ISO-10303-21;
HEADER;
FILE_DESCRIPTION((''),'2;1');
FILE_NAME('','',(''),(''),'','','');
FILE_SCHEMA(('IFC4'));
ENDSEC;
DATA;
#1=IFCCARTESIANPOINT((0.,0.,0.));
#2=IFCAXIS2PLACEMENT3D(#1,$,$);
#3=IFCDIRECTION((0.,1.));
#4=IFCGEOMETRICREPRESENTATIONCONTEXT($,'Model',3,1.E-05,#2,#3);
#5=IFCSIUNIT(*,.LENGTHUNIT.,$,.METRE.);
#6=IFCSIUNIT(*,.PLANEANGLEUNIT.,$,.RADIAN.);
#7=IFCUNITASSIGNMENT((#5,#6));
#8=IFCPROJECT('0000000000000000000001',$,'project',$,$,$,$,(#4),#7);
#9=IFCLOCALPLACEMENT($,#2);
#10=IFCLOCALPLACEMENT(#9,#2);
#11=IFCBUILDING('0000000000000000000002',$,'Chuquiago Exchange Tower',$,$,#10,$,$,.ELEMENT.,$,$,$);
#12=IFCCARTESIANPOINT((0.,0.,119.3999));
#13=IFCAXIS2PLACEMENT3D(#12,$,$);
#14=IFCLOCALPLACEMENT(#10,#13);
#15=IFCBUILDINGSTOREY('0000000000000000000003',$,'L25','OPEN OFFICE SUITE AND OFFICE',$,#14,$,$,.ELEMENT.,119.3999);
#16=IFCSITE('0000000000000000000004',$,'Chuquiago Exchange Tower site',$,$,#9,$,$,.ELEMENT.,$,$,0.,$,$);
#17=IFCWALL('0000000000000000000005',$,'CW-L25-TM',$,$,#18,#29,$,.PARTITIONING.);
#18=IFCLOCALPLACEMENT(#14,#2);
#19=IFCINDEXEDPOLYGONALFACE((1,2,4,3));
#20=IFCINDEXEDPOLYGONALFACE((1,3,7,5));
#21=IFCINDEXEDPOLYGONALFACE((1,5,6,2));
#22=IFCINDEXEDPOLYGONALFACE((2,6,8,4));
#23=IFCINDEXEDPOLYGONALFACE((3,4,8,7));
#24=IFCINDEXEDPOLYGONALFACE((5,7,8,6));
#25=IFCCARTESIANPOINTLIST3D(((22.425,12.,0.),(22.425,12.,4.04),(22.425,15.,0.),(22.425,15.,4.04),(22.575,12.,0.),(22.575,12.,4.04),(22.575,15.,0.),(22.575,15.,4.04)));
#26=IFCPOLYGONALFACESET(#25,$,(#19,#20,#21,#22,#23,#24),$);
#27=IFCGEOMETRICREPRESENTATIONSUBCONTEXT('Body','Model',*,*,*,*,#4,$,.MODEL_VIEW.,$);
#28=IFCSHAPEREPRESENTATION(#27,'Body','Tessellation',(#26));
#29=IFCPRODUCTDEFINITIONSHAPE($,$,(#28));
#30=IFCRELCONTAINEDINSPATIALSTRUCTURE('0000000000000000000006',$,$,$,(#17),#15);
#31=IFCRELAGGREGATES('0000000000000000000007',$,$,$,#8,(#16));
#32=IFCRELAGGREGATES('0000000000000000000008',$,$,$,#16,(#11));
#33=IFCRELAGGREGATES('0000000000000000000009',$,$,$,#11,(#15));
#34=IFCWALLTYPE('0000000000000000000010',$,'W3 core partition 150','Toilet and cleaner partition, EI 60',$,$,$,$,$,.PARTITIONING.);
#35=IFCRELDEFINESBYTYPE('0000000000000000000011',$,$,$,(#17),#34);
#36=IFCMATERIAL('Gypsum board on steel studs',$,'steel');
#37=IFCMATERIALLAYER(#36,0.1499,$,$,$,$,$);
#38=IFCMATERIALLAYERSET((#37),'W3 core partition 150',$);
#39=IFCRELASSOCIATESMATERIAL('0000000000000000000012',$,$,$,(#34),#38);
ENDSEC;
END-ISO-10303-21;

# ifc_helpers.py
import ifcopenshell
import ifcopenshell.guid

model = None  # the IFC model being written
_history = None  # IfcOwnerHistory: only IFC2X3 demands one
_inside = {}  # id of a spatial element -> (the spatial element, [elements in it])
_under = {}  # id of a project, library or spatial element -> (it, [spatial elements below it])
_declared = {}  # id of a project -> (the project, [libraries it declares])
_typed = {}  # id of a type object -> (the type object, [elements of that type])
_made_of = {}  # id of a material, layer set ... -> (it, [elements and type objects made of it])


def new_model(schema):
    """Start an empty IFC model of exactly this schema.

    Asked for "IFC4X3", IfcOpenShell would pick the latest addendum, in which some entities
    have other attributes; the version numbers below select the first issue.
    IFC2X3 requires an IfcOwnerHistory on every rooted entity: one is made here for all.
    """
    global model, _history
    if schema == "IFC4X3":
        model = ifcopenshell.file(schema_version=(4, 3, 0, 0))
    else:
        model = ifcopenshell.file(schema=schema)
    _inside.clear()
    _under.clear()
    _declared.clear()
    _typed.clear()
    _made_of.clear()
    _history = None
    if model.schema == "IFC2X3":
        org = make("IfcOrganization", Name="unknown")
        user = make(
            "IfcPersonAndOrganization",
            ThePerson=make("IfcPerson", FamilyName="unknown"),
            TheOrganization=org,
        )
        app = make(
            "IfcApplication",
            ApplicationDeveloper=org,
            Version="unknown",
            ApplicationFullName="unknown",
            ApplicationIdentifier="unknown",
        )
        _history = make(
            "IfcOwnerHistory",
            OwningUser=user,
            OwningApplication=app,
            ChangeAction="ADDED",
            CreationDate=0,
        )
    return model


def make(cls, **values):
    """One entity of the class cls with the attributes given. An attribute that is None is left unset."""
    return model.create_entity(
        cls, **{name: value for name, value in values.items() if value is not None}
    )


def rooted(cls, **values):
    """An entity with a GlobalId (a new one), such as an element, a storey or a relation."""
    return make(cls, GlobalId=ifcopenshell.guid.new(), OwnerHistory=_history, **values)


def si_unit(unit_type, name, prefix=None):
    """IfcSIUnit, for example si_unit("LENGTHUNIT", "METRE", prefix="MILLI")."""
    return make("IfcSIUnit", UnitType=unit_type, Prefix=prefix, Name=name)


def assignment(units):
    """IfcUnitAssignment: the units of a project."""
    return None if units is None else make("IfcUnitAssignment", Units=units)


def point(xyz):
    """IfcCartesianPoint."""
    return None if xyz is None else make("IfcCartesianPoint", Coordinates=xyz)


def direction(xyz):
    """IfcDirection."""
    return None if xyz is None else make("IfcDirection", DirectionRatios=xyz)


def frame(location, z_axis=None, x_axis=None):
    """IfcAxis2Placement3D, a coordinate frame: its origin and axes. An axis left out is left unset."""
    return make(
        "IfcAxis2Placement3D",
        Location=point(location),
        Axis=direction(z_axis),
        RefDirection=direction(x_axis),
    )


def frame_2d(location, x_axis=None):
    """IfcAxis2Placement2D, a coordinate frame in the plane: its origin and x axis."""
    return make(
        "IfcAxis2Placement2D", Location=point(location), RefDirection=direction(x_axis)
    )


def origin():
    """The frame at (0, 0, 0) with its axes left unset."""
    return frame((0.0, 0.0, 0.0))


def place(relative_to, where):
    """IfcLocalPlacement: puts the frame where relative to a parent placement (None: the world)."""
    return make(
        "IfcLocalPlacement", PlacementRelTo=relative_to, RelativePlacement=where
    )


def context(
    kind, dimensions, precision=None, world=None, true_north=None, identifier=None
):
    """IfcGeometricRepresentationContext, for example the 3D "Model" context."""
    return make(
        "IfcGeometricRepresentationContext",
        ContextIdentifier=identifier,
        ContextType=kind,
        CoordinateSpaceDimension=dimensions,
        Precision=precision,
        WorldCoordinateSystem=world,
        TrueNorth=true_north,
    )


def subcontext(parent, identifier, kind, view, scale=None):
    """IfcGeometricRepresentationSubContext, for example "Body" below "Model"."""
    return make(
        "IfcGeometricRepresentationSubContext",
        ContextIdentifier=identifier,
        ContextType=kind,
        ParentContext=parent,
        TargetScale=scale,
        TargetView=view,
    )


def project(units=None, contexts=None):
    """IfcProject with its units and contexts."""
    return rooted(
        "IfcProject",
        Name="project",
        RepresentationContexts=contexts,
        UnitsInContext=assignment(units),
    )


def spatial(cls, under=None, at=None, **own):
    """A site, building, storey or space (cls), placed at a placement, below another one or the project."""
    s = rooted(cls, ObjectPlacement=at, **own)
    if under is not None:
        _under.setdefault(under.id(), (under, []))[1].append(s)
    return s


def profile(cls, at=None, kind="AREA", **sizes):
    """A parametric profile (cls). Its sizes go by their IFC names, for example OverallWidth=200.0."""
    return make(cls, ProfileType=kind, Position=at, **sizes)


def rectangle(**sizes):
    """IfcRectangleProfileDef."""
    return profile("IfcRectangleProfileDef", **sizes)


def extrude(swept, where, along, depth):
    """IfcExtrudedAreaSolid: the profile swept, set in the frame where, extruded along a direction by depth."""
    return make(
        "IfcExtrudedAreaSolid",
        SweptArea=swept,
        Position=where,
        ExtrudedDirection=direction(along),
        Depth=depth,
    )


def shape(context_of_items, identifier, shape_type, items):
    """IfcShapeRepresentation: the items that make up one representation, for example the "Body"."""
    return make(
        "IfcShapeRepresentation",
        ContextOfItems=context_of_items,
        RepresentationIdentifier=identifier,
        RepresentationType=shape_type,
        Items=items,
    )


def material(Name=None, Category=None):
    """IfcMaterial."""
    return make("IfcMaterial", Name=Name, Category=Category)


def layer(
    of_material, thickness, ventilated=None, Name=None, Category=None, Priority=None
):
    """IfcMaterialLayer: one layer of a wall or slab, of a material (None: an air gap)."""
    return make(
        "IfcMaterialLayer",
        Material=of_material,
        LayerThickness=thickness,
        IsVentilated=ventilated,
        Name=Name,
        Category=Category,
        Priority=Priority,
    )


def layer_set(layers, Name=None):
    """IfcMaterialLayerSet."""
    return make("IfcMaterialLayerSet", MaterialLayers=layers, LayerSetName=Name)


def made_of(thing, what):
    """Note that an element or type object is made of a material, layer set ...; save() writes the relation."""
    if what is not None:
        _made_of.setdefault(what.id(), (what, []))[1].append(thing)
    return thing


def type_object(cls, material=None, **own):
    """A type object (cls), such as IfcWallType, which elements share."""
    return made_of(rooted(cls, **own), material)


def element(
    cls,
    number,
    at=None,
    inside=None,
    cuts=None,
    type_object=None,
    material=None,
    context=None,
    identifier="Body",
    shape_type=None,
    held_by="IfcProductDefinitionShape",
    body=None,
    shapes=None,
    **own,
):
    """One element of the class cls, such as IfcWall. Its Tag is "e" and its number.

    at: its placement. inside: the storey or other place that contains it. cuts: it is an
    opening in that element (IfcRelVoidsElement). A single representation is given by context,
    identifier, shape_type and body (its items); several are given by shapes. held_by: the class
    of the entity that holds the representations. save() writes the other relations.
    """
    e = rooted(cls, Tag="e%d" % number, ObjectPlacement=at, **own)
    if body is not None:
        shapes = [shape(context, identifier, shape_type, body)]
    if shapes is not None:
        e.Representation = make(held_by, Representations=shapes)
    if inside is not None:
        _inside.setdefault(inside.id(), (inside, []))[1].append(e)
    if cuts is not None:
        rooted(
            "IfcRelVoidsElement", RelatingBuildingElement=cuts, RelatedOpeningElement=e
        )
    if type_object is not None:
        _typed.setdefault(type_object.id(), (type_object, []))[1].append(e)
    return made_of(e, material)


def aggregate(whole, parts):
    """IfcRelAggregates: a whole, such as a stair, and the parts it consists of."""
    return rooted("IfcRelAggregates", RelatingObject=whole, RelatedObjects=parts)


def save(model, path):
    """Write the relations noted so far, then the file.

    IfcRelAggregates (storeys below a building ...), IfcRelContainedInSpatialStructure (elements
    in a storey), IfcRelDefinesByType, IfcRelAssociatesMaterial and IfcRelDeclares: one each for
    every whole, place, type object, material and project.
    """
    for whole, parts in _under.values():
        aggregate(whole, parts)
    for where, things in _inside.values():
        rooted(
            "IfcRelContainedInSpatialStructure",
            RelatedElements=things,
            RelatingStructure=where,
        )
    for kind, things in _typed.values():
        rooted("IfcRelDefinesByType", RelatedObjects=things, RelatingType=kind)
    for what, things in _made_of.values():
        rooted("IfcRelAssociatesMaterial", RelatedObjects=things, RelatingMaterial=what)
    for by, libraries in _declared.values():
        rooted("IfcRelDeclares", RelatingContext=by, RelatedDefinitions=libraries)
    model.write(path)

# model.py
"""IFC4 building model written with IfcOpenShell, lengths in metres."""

from ifc_helpers import new_model, si_unit, direction, frame, frame_2d, origin, place, context, subcontext, project, spatial, rectangle, extrude, material, layer, layer_set, type_object, element, save


model = new_model("IFC4")

# Units and contexts
model_context = context("Model", 3, precision=1e-05, world=origin(), true_north=direction((0.0, 1.0)))
body_context = subcontext(model_context, "Body", "Model", "MODEL_VIEW")
ifc_project = project(units=[si_unit("LENGTHUNIT", "METRE"), si_unit("PLANEANGLEUNIT", "RADIAN")], contexts=[model_context])

# Site, building, storey
site_placement = place(None, origin())
site = spatial("IfcSite", under=ifc_project, at=site_placement, Name="Chuquiago Exchange Tower site", CompositionType="ELEMENT", RefElevation=0.0)
building_placement = place(site_placement, origin())
building = spatial("IfcBuilding", under=site, at=building_placement, Name="Chuquiago Exchange Tower", CompositionType="ELEMENT")
storey_placement = place(building_placement, frame((0.0, 0.0, 119.3999)))
storey = spatial("IfcBuildingStorey", under=building, at=storey_placement, Name="L25", Description="OPEN OFFICE SUITE AND OFFICE", CompositionType="ELEMENT", Elevation=119.3999)

# Shared definitions
ifc_material_1 = material(Name="Gypsum board on steel studs", Category="steel")
ifc_layer_1 = layer(ifc_material_1, 0.1499)
ifc_layer_set_1 = layer_set([ifc_layer_1], Name="W3 core partition 150")
wall_type_1 = type_object("IfcWallType", Name="W3 core partition 150", Description="Toilet and cleaner partition, EI 60", PredefinedType="PARTITIONING", material=ifc_layer_set_1)

# Wall
wall_1_placement = place(storey_placement, frame((22.5, 15.0, 0.0), z_axis=(0.0, 0.0, 1.0), x_axis=(0.0, -1.0, 0.0)))
element("IfcWall", 1, at=wall_1_placement, inside=storey, type_object=wall_type_1, Name="CW-L25-TM", PredefinedType="PARTITIONING", context=body_context, shape_type="SweptSolid", body=[
    extrude(rectangle(XDim=3.0, YDim=0.1499, at=frame_2d((1.5, 0.0))), origin(), (0.0, 0.0, 1.0), 4.04),
])

save(model, "model.ifc")
